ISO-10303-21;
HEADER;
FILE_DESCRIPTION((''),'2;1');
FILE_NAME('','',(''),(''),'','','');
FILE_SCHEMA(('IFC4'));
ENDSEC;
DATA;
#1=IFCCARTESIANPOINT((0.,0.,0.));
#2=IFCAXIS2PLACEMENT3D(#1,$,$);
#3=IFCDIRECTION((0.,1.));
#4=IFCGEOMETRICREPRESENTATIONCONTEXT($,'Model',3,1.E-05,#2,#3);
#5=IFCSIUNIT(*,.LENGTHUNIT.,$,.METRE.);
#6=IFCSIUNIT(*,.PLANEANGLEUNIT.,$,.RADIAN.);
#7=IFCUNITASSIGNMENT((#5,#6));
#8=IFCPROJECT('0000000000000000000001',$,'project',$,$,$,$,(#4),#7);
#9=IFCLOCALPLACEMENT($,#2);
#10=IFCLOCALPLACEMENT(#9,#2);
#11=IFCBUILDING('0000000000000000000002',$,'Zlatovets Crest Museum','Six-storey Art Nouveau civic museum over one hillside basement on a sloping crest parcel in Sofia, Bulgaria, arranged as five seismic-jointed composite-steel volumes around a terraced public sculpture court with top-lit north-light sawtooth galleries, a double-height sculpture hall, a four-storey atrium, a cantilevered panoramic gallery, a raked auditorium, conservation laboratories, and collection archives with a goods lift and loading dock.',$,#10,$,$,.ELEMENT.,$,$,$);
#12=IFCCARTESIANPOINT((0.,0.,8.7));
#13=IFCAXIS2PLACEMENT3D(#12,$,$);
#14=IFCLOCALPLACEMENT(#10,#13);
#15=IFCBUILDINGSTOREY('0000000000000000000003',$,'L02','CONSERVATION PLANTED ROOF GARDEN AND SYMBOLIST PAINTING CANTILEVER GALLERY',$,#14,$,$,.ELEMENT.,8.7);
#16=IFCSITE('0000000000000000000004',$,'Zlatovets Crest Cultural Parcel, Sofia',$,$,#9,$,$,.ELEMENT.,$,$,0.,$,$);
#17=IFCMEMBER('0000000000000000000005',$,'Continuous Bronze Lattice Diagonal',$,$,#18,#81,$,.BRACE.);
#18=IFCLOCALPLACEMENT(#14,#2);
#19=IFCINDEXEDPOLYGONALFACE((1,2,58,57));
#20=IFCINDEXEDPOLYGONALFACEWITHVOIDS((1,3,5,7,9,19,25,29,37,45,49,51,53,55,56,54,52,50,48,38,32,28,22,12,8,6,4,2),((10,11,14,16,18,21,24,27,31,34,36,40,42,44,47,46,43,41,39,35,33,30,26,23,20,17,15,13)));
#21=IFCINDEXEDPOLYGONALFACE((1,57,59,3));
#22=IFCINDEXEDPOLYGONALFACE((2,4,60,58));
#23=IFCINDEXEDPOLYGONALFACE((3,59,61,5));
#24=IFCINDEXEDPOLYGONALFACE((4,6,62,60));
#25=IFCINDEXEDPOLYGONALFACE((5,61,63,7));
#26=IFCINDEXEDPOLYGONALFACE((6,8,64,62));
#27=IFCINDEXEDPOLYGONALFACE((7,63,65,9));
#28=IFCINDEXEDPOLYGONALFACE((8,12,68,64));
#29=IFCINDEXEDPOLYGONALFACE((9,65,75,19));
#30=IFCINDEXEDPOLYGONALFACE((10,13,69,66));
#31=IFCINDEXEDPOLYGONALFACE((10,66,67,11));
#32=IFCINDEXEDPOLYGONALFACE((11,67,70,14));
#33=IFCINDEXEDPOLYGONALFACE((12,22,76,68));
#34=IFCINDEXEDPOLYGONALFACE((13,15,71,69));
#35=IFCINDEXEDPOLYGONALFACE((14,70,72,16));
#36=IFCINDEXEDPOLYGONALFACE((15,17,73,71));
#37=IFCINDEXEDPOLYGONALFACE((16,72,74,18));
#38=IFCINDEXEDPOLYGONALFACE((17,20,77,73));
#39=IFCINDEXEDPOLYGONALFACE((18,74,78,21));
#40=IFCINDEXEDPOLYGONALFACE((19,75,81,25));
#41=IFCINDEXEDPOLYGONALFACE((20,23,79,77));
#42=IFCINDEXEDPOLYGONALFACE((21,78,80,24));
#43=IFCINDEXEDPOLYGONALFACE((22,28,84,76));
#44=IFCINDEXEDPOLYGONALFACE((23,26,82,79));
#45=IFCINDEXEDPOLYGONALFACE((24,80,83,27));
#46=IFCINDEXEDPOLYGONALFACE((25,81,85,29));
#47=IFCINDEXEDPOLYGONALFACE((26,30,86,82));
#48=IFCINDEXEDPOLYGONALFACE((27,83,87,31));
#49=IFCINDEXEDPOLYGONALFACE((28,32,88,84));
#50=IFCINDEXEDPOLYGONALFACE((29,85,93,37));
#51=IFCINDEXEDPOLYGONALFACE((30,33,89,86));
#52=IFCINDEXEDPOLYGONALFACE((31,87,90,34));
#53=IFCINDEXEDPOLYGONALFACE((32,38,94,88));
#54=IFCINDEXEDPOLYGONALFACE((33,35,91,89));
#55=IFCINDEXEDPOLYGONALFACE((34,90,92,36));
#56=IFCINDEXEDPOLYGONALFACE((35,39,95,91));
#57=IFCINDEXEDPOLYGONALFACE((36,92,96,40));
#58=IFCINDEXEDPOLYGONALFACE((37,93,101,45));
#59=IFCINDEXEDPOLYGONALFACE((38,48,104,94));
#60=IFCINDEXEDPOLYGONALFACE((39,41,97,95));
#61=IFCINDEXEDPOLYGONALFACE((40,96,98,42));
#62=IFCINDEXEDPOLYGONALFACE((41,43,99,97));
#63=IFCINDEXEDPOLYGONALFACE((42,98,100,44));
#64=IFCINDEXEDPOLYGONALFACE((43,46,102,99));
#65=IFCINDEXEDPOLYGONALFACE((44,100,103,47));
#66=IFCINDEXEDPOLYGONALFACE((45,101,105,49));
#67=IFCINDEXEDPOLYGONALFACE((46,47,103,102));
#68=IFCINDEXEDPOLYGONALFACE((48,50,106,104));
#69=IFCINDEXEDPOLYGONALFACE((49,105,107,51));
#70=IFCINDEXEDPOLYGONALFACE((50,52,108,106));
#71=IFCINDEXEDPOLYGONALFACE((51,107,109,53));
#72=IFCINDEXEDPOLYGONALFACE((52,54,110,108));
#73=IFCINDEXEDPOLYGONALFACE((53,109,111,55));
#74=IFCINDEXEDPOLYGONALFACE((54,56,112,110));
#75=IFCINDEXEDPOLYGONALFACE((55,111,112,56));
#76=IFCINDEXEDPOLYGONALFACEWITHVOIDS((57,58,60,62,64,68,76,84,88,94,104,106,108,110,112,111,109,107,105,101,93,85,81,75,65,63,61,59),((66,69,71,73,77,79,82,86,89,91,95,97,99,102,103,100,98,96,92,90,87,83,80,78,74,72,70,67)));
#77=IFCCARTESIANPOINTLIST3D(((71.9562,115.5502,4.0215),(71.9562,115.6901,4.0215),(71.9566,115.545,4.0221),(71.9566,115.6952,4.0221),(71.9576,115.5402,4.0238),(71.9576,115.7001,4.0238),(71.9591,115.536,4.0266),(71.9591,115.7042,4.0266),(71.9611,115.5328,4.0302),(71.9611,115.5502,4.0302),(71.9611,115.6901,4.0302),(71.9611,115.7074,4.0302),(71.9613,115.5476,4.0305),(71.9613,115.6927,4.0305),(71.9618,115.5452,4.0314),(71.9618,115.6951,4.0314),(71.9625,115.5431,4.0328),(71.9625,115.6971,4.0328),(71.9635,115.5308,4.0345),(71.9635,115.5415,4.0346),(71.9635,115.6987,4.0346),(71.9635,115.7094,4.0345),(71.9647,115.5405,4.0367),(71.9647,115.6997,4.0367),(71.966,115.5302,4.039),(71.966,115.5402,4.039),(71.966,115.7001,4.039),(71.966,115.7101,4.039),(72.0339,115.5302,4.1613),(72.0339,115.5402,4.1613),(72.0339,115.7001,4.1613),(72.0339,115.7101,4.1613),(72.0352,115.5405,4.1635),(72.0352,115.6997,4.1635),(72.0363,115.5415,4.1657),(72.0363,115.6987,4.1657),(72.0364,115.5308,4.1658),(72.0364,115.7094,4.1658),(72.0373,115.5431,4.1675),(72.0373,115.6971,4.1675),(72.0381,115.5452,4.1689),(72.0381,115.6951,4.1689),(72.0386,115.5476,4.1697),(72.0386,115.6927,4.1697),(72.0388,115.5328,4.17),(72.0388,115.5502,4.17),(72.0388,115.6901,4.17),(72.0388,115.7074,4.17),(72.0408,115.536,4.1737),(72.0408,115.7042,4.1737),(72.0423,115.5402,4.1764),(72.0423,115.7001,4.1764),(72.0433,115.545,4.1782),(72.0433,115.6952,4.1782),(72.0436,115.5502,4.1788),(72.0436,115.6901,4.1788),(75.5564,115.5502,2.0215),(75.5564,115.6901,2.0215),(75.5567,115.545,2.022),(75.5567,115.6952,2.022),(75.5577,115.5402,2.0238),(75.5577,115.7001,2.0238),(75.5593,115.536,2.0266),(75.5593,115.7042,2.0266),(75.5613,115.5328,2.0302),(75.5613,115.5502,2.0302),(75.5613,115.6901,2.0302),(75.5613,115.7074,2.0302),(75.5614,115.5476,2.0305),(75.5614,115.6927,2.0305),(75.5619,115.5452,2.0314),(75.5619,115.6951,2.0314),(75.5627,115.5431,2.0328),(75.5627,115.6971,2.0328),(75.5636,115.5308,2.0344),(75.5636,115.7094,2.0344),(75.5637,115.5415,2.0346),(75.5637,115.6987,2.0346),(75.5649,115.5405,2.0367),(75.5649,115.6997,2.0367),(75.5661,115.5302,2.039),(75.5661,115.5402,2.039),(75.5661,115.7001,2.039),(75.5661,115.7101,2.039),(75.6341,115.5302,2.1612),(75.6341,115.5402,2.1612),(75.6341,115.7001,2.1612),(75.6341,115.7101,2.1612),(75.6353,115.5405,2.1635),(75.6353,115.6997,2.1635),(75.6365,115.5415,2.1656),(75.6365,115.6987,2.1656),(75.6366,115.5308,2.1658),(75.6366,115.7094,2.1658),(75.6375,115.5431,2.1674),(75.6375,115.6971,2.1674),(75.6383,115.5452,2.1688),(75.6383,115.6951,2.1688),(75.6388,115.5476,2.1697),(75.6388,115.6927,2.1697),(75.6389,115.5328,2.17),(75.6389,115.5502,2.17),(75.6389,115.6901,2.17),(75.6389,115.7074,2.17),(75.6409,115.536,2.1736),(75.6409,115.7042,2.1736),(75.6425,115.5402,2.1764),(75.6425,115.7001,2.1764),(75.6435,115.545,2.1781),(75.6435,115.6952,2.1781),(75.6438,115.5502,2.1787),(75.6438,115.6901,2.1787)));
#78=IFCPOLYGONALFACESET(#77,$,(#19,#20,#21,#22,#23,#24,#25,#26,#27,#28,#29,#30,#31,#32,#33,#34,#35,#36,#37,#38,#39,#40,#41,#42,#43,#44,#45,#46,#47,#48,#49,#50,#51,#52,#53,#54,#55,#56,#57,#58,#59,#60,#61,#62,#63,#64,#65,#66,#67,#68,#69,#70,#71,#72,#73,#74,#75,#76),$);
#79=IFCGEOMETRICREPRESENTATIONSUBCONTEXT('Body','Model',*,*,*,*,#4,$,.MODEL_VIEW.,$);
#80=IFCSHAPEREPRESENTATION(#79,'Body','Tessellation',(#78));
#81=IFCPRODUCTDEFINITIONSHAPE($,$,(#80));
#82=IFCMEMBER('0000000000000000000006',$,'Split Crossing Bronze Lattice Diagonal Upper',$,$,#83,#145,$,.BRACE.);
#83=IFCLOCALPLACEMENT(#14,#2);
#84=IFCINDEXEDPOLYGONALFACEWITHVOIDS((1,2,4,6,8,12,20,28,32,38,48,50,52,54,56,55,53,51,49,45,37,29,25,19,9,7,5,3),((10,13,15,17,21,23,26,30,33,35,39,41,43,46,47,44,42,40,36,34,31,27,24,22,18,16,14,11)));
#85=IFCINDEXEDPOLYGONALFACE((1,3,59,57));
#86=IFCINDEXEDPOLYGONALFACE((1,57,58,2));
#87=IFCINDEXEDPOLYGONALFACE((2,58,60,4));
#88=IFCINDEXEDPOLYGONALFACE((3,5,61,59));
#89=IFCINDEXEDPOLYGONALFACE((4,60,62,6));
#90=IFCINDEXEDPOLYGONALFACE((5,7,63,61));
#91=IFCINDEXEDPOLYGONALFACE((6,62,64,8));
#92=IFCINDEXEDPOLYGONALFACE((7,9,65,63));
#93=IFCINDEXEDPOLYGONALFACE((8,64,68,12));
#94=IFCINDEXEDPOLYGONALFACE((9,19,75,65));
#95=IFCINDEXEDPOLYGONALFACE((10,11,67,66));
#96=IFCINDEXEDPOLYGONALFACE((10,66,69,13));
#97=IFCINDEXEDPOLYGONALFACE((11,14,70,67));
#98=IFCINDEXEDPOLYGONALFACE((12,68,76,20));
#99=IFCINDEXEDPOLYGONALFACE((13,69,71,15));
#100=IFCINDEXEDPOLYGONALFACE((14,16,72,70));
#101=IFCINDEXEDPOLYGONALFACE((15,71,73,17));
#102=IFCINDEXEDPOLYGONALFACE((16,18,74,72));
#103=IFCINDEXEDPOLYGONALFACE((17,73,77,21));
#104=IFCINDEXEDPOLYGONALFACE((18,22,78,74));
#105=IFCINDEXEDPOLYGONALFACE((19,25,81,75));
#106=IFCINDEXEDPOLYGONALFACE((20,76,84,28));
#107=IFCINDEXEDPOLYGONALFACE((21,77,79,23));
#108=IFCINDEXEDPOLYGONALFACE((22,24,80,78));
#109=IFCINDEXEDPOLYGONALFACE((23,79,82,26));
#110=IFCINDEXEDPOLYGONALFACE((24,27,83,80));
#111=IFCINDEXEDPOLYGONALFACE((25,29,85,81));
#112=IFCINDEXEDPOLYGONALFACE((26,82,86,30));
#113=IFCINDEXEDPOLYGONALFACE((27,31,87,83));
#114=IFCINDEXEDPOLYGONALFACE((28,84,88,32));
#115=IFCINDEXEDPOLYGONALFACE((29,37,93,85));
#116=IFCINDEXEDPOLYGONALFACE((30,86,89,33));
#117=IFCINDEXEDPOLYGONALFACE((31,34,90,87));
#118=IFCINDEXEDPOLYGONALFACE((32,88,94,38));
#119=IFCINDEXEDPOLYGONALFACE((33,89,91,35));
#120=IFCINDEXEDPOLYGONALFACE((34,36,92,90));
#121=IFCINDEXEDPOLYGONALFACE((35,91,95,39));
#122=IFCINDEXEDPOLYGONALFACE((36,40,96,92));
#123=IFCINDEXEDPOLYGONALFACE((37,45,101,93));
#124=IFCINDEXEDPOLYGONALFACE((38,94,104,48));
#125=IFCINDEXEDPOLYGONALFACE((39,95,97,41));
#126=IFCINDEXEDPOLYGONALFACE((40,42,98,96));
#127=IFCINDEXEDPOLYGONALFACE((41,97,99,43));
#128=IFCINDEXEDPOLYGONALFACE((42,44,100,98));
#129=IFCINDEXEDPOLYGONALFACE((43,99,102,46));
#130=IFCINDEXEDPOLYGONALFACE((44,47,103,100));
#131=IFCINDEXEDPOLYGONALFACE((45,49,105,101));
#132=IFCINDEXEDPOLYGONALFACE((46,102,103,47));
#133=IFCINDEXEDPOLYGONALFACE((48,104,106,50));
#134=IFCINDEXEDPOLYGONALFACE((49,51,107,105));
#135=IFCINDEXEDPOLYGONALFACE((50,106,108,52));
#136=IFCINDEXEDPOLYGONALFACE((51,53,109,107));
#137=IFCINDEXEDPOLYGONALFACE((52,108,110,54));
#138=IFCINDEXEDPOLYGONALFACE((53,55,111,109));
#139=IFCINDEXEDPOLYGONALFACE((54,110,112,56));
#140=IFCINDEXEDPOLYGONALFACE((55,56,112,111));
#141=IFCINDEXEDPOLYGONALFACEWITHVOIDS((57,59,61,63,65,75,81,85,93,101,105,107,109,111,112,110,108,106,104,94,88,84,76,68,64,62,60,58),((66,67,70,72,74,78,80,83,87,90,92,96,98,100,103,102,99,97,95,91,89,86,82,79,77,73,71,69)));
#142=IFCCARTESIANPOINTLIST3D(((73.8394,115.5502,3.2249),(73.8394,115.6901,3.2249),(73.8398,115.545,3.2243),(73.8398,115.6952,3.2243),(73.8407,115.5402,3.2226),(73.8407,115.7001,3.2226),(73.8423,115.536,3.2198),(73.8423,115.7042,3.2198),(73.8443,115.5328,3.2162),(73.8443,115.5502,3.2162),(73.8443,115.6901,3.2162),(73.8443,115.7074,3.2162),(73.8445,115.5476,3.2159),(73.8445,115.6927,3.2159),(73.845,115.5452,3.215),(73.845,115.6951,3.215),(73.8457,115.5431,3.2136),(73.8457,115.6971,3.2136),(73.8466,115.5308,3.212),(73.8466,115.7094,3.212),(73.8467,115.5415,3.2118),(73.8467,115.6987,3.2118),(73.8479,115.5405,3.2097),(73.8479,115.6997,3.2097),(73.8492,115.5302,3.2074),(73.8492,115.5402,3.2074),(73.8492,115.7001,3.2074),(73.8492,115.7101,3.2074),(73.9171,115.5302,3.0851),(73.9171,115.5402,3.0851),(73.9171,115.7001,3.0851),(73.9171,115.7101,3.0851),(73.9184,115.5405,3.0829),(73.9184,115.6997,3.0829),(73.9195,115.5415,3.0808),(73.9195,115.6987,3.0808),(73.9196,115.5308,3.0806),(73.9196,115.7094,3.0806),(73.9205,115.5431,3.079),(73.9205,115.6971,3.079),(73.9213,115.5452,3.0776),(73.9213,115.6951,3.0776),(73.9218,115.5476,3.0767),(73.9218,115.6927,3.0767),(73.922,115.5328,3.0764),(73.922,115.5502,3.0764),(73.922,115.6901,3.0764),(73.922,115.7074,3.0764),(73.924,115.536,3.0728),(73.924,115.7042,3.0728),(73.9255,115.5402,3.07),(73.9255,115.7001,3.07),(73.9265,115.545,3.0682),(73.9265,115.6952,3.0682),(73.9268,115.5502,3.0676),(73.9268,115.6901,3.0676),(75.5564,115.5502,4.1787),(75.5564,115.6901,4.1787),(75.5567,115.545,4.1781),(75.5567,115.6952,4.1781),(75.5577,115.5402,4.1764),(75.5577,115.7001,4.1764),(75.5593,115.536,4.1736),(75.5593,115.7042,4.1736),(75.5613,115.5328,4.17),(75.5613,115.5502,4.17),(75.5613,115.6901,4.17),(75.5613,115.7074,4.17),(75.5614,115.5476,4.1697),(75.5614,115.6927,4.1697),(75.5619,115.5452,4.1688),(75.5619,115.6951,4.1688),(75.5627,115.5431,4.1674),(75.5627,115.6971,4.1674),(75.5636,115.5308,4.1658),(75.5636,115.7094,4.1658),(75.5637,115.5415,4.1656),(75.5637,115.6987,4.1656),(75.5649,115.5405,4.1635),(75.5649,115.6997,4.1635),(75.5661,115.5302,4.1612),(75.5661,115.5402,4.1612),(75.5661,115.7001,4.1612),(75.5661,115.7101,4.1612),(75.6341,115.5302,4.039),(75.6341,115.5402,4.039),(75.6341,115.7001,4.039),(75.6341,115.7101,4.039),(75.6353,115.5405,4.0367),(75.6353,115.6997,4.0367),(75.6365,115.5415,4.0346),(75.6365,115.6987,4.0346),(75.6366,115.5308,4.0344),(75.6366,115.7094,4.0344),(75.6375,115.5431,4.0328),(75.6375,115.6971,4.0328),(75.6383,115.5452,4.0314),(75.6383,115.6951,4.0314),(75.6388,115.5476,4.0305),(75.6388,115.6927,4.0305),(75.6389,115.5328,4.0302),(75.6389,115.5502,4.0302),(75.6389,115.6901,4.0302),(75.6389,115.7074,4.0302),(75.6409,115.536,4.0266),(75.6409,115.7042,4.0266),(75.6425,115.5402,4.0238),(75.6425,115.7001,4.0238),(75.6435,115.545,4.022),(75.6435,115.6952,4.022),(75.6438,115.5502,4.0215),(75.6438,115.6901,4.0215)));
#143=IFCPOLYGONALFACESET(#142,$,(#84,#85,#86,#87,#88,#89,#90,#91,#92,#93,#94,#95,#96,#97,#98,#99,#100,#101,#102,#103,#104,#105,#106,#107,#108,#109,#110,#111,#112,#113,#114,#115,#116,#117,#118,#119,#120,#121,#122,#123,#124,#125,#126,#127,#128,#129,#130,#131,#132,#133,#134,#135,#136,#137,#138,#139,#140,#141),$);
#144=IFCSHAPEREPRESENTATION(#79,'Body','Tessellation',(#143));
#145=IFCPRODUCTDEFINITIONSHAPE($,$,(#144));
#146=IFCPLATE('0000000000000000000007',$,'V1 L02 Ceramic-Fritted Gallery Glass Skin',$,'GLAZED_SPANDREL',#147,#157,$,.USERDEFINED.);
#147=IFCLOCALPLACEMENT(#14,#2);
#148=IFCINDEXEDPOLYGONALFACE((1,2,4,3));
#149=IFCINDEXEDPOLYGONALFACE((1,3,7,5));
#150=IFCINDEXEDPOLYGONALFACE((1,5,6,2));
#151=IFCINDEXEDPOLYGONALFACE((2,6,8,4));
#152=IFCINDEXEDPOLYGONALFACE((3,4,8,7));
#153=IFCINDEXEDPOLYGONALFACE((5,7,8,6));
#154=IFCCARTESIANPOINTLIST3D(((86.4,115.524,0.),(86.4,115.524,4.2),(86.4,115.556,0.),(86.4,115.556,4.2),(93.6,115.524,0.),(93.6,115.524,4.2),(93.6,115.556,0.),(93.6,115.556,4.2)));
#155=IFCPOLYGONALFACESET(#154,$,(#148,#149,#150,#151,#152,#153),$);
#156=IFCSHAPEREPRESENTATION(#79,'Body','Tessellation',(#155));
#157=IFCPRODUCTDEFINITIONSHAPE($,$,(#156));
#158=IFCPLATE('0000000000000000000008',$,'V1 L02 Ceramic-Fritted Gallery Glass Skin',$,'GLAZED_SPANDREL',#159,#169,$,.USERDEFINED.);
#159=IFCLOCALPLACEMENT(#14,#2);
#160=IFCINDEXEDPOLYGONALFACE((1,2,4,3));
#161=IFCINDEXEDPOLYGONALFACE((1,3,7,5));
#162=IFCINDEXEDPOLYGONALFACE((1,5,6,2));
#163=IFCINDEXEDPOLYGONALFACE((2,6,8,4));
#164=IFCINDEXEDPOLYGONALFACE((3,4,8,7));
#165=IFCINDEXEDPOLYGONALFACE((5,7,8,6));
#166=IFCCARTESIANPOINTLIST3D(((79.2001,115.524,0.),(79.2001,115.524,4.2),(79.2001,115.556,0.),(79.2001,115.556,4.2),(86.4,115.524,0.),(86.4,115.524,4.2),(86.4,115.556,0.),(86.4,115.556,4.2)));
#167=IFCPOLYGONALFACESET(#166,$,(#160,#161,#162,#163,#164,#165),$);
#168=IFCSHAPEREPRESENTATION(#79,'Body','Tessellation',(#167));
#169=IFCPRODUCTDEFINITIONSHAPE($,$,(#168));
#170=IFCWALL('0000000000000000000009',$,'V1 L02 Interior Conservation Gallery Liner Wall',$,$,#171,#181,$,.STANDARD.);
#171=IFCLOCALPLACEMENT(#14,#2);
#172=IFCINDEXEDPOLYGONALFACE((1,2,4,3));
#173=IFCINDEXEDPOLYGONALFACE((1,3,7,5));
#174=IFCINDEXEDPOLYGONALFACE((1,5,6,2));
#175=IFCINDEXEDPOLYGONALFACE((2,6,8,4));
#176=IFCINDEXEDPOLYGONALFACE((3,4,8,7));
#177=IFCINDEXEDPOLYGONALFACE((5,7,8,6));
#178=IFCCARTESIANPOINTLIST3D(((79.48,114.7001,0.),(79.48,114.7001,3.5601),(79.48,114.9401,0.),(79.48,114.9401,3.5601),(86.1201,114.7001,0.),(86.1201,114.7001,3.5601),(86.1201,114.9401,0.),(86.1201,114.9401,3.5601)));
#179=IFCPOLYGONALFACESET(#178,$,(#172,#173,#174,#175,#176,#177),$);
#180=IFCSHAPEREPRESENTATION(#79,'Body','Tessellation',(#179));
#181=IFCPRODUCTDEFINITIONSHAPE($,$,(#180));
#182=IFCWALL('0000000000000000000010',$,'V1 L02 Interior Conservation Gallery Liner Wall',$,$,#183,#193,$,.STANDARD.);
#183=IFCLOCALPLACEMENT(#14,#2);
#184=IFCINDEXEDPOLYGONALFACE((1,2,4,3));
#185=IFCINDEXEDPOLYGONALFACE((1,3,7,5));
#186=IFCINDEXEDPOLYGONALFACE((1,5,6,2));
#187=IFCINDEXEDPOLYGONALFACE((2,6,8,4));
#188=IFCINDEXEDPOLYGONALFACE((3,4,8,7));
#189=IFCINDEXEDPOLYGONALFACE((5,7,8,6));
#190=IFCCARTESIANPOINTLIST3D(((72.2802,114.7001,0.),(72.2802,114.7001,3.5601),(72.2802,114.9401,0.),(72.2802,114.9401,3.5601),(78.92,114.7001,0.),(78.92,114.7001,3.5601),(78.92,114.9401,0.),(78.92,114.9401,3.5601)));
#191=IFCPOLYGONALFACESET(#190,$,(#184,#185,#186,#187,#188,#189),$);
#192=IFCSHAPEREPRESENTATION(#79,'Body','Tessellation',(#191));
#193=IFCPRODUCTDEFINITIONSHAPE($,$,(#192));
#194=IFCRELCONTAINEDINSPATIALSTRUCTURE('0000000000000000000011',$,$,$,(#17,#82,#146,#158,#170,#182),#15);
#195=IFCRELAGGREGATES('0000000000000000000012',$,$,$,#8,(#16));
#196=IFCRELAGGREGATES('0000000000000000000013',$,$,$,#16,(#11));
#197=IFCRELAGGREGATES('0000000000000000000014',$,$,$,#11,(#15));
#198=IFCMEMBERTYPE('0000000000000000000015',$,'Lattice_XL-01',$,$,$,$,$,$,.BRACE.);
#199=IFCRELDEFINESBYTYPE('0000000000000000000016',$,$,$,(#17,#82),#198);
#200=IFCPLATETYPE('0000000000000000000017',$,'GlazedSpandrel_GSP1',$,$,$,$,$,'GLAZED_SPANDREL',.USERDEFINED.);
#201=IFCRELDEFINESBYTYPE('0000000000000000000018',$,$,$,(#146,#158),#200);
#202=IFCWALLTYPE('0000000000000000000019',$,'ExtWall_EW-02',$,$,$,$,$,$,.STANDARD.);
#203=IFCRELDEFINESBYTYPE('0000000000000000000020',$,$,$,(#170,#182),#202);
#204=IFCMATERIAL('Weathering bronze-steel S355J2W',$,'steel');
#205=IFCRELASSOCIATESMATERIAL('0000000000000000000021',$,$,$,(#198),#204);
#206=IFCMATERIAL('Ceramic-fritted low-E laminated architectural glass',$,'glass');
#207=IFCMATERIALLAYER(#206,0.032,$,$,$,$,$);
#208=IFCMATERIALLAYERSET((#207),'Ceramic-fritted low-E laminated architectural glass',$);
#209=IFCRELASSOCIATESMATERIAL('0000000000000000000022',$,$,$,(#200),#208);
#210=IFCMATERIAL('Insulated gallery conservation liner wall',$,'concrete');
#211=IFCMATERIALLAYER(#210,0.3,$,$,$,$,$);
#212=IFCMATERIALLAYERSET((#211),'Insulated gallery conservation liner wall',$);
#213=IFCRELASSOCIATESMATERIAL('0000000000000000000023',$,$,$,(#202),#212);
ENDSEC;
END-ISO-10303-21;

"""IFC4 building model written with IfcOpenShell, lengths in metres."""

from ifc_helpers import new_model, si_unit, direction, frame, frame_2d, origin, origin_2d, place, context, subcontext, project, spatial, rectangle, hollow_rectangle, extrude, material, layer, layer_set, material_profile, profile_set, type_object, element, save


model = new_model("IFC4")

# Units and contexts
model_context = context("Model", 3, precision=1e-05, world=origin(), true_north=direction((0.0, 1.0)))
body_context = subcontext(model_context, "Body", "Model", "MODEL_VIEW")
ifc_project = project(units=[si_unit("LENGTHUNIT", "METRE"), si_unit("PLANEANGLEUNIT", "RADIAN")], contexts=[model_context])

# Site, building, storey
site_placement = place(None, origin())
site = spatial("IfcSite", under=ifc_project, at=site_placement, Name="Zlatovets Crest Cultural Parcel, Sofia", CompositionType="ELEMENT", RefElevation=0.0)
building_placement = place(site_placement, origin())
building = spatial("IfcBuilding", under=site, at=building_placement, Name="Zlatovets Crest Museum", Description="Six-storey Art Nouveau civic museum over one hillside basement on a sloping crest parcel in Sofia, Bulgaria, arranged as five seismic-jointed composite-steel volumes around a terraced public sculpture court with top-lit north-light sawtooth galleries, a double-height sculpture hall, a four-storey atrium, a cantilevered panoramic gallery, a raked auditorium, conservation laboratories, and collection archives with a goods lift and loading dock.", CompositionType="ELEMENT")
storey_placement = place(building_placement, frame((0.0, 0.0, 8.7)))
storey = spatial("IfcBuildingStorey", under=building, at=storey_placement, Name="L02", Description="CONSERVATION PLANTED ROOF GARDEN AND SYMBOLIST PAINTING CANTILEVER GALLERY", CompositionType="ELEMENT", Elevation=8.7)

# Members
ifc_material_1 = material(Name="Weathering bronze-steel S355J2W", Category="steel")
ifc_material_profile_1 = material_profile(ifc_material_1, hollow_rectangle(XDim=0.1799, YDim=0.1799, WallThickness=0.01, InnerFilletRadius=0.01, OuterFilletRadius=0.02, at=origin_2d()), Name="SHS 180x180x10.0")
ifc_profile_set_1 = profile_set([ifc_material_profile_1], Name="Weathering bronze-steel S355J2W")
member_type = type_object("IfcMemberType", Name="Lattice_XL-01", PredefinedType="BRACE", material=ifc_profile_set_1)
member_1_placement = place(storey_placement, frame((75.6001, 115.6201, 2.1001), z_axis=(-0.874163, 0.0, 0.485633), x_axis=(0.0, -1.0, 0.0)))
element("IfcMember", 1, at=member_1_placement, inside=storey, type_object=member_type, Name="Continuous Bronze Lattice Diagonal", PredefinedType="BRACE", context=body_context, shape_type="SweptSolid", body=[
    extrude(hollow_rectangle(XDim=0.1799, YDim=0.1799, WallThickness=0.01, InnerFilletRadius=0.01, OuterFilletRadius=0.02, at=origin_2d()), origin(), (0.0, 0.0, 1.0), 4.1184),
])
member_2_placement = place(storey_placement, frame((75.6001, 115.6201, 4.1001), z_axis=(-0.874169, 0.0, -0.485622), x_axis=(0.0, -1.0, 0.0)))
element("IfcMember", 2, at=member_2_placement, inside=storey, type_object=member_type, Name="Split Crossing Bronze Lattice Diagonal Upper", PredefinedType="BRACE", context=body_context, shape_type="SweptSolid", body=[
    extrude(hollow_rectangle(XDim=0.1799, YDim=0.1799, WallThickness=0.01, InnerFilletRadius=0.01, OuterFilletRadius=0.02, at=origin_2d()), origin(), (0.0, 0.0, 1.0), 1.9641),
])

# Plates
ifc_material_2 = material(Name="Ceramic-fritted low-E laminated architectural glass", Category="glass")
ifc_layer_1 = layer(ifc_material_2, 0.032)
ifc_layer_set_1 = layer_set([ifc_layer_1], Name="Ceramic-fritted low-E laminated architectural glass")
plate_type = type_object("IfcPlateType", Name="GlazedSpandrel_GSP1", ElementType="GLAZED_SPANDREL", PredefinedType="USERDEFINED", material=ifc_layer_set_1)
for number, where, z_axis, x_axis, name in (
    (3, (90.0, 115.54, 0.0), (0.0, 0.0, 1.0), (1.0, 0.0, 0.0), "V1 L02 Ceramic-Fritted Gallery Glass Skin"),
    (4, (82.8, 115.54, 0.0), (0.0, 0.0, 1.0), (1.0, 0.0, 0.0), "V1 L02 Ceramic-Fritted Gallery Glass Skin"),
):
    element("IfcPlate", number, at=place(storey_placement, frame(where, z_axis=z_axis, x_axis=x_axis)), inside=storey, type_object=plate_type, Name=name, ObjectType="GLAZED_SPANDREL", PredefinedType="USERDEFINED", context=body_context, shape_type="SweptSolid", body=[
        extrude(rectangle(XDim=7.2, YDim=0.032, at=origin_2d()), origin(), (0.0, 0.0, 1.0), 4.2),
    ])

# Walls
ifc_material_3 = material(Name="Insulated gallery conservation liner wall", Category="concrete")
ifc_layer_2 = layer(ifc_material_3, 0.3)
ifc_layer_set_2 = layer_set([ifc_layer_2], Name="Insulated gallery conservation liner wall")
wall_type_1 = type_object("IfcWallType", Name="ExtWall_EW-02", PredefinedType="STANDARD", material=ifc_layer_set_2)
wall_1_placement = place(storey_placement, frame((86.1201, 114.8201, 0.0), z_axis=(0.0, 0.0, 1.0), x_axis=(-1.0, 0.0, 0.0)))
element("IfcWall", 5, at=wall_1_placement, inside=storey, type_object=wall_type_1, Name="V1 L02 Interior Conservation Gallery Liner Wall", PredefinedType="STANDARD", context=body_context, shape_type="SweptSolid", body=[
    extrude(rectangle(XDim=6.6401, YDim=0.24, at=frame_2d((3.3201, 0.0))), origin(), (0.0, 0.0, 1.0), 3.5601),
])
wall_2_placement = place(storey_placement, frame((78.9199, 114.8201, 0.0), z_axis=(0.0, 0.0, 1.0), x_axis=(-1.0, 0.0, 0.0)))
element("IfcWall", 6, at=wall_2_placement, inside=storey, type_object=wall_type_1, Name="V1 L02 Interior Conservation Gallery Liner Wall", PredefinedType="STANDARD", context=body_context, shape_type="SweptSolid", body=[
    extrude(rectangle(XDim=6.6399, YDim=0.24, at=frame_2d((3.3198, 0.0))), origin(), (0.0, 0.0, 1.0), 3.5601),
])

save(model, "model.ifc")
